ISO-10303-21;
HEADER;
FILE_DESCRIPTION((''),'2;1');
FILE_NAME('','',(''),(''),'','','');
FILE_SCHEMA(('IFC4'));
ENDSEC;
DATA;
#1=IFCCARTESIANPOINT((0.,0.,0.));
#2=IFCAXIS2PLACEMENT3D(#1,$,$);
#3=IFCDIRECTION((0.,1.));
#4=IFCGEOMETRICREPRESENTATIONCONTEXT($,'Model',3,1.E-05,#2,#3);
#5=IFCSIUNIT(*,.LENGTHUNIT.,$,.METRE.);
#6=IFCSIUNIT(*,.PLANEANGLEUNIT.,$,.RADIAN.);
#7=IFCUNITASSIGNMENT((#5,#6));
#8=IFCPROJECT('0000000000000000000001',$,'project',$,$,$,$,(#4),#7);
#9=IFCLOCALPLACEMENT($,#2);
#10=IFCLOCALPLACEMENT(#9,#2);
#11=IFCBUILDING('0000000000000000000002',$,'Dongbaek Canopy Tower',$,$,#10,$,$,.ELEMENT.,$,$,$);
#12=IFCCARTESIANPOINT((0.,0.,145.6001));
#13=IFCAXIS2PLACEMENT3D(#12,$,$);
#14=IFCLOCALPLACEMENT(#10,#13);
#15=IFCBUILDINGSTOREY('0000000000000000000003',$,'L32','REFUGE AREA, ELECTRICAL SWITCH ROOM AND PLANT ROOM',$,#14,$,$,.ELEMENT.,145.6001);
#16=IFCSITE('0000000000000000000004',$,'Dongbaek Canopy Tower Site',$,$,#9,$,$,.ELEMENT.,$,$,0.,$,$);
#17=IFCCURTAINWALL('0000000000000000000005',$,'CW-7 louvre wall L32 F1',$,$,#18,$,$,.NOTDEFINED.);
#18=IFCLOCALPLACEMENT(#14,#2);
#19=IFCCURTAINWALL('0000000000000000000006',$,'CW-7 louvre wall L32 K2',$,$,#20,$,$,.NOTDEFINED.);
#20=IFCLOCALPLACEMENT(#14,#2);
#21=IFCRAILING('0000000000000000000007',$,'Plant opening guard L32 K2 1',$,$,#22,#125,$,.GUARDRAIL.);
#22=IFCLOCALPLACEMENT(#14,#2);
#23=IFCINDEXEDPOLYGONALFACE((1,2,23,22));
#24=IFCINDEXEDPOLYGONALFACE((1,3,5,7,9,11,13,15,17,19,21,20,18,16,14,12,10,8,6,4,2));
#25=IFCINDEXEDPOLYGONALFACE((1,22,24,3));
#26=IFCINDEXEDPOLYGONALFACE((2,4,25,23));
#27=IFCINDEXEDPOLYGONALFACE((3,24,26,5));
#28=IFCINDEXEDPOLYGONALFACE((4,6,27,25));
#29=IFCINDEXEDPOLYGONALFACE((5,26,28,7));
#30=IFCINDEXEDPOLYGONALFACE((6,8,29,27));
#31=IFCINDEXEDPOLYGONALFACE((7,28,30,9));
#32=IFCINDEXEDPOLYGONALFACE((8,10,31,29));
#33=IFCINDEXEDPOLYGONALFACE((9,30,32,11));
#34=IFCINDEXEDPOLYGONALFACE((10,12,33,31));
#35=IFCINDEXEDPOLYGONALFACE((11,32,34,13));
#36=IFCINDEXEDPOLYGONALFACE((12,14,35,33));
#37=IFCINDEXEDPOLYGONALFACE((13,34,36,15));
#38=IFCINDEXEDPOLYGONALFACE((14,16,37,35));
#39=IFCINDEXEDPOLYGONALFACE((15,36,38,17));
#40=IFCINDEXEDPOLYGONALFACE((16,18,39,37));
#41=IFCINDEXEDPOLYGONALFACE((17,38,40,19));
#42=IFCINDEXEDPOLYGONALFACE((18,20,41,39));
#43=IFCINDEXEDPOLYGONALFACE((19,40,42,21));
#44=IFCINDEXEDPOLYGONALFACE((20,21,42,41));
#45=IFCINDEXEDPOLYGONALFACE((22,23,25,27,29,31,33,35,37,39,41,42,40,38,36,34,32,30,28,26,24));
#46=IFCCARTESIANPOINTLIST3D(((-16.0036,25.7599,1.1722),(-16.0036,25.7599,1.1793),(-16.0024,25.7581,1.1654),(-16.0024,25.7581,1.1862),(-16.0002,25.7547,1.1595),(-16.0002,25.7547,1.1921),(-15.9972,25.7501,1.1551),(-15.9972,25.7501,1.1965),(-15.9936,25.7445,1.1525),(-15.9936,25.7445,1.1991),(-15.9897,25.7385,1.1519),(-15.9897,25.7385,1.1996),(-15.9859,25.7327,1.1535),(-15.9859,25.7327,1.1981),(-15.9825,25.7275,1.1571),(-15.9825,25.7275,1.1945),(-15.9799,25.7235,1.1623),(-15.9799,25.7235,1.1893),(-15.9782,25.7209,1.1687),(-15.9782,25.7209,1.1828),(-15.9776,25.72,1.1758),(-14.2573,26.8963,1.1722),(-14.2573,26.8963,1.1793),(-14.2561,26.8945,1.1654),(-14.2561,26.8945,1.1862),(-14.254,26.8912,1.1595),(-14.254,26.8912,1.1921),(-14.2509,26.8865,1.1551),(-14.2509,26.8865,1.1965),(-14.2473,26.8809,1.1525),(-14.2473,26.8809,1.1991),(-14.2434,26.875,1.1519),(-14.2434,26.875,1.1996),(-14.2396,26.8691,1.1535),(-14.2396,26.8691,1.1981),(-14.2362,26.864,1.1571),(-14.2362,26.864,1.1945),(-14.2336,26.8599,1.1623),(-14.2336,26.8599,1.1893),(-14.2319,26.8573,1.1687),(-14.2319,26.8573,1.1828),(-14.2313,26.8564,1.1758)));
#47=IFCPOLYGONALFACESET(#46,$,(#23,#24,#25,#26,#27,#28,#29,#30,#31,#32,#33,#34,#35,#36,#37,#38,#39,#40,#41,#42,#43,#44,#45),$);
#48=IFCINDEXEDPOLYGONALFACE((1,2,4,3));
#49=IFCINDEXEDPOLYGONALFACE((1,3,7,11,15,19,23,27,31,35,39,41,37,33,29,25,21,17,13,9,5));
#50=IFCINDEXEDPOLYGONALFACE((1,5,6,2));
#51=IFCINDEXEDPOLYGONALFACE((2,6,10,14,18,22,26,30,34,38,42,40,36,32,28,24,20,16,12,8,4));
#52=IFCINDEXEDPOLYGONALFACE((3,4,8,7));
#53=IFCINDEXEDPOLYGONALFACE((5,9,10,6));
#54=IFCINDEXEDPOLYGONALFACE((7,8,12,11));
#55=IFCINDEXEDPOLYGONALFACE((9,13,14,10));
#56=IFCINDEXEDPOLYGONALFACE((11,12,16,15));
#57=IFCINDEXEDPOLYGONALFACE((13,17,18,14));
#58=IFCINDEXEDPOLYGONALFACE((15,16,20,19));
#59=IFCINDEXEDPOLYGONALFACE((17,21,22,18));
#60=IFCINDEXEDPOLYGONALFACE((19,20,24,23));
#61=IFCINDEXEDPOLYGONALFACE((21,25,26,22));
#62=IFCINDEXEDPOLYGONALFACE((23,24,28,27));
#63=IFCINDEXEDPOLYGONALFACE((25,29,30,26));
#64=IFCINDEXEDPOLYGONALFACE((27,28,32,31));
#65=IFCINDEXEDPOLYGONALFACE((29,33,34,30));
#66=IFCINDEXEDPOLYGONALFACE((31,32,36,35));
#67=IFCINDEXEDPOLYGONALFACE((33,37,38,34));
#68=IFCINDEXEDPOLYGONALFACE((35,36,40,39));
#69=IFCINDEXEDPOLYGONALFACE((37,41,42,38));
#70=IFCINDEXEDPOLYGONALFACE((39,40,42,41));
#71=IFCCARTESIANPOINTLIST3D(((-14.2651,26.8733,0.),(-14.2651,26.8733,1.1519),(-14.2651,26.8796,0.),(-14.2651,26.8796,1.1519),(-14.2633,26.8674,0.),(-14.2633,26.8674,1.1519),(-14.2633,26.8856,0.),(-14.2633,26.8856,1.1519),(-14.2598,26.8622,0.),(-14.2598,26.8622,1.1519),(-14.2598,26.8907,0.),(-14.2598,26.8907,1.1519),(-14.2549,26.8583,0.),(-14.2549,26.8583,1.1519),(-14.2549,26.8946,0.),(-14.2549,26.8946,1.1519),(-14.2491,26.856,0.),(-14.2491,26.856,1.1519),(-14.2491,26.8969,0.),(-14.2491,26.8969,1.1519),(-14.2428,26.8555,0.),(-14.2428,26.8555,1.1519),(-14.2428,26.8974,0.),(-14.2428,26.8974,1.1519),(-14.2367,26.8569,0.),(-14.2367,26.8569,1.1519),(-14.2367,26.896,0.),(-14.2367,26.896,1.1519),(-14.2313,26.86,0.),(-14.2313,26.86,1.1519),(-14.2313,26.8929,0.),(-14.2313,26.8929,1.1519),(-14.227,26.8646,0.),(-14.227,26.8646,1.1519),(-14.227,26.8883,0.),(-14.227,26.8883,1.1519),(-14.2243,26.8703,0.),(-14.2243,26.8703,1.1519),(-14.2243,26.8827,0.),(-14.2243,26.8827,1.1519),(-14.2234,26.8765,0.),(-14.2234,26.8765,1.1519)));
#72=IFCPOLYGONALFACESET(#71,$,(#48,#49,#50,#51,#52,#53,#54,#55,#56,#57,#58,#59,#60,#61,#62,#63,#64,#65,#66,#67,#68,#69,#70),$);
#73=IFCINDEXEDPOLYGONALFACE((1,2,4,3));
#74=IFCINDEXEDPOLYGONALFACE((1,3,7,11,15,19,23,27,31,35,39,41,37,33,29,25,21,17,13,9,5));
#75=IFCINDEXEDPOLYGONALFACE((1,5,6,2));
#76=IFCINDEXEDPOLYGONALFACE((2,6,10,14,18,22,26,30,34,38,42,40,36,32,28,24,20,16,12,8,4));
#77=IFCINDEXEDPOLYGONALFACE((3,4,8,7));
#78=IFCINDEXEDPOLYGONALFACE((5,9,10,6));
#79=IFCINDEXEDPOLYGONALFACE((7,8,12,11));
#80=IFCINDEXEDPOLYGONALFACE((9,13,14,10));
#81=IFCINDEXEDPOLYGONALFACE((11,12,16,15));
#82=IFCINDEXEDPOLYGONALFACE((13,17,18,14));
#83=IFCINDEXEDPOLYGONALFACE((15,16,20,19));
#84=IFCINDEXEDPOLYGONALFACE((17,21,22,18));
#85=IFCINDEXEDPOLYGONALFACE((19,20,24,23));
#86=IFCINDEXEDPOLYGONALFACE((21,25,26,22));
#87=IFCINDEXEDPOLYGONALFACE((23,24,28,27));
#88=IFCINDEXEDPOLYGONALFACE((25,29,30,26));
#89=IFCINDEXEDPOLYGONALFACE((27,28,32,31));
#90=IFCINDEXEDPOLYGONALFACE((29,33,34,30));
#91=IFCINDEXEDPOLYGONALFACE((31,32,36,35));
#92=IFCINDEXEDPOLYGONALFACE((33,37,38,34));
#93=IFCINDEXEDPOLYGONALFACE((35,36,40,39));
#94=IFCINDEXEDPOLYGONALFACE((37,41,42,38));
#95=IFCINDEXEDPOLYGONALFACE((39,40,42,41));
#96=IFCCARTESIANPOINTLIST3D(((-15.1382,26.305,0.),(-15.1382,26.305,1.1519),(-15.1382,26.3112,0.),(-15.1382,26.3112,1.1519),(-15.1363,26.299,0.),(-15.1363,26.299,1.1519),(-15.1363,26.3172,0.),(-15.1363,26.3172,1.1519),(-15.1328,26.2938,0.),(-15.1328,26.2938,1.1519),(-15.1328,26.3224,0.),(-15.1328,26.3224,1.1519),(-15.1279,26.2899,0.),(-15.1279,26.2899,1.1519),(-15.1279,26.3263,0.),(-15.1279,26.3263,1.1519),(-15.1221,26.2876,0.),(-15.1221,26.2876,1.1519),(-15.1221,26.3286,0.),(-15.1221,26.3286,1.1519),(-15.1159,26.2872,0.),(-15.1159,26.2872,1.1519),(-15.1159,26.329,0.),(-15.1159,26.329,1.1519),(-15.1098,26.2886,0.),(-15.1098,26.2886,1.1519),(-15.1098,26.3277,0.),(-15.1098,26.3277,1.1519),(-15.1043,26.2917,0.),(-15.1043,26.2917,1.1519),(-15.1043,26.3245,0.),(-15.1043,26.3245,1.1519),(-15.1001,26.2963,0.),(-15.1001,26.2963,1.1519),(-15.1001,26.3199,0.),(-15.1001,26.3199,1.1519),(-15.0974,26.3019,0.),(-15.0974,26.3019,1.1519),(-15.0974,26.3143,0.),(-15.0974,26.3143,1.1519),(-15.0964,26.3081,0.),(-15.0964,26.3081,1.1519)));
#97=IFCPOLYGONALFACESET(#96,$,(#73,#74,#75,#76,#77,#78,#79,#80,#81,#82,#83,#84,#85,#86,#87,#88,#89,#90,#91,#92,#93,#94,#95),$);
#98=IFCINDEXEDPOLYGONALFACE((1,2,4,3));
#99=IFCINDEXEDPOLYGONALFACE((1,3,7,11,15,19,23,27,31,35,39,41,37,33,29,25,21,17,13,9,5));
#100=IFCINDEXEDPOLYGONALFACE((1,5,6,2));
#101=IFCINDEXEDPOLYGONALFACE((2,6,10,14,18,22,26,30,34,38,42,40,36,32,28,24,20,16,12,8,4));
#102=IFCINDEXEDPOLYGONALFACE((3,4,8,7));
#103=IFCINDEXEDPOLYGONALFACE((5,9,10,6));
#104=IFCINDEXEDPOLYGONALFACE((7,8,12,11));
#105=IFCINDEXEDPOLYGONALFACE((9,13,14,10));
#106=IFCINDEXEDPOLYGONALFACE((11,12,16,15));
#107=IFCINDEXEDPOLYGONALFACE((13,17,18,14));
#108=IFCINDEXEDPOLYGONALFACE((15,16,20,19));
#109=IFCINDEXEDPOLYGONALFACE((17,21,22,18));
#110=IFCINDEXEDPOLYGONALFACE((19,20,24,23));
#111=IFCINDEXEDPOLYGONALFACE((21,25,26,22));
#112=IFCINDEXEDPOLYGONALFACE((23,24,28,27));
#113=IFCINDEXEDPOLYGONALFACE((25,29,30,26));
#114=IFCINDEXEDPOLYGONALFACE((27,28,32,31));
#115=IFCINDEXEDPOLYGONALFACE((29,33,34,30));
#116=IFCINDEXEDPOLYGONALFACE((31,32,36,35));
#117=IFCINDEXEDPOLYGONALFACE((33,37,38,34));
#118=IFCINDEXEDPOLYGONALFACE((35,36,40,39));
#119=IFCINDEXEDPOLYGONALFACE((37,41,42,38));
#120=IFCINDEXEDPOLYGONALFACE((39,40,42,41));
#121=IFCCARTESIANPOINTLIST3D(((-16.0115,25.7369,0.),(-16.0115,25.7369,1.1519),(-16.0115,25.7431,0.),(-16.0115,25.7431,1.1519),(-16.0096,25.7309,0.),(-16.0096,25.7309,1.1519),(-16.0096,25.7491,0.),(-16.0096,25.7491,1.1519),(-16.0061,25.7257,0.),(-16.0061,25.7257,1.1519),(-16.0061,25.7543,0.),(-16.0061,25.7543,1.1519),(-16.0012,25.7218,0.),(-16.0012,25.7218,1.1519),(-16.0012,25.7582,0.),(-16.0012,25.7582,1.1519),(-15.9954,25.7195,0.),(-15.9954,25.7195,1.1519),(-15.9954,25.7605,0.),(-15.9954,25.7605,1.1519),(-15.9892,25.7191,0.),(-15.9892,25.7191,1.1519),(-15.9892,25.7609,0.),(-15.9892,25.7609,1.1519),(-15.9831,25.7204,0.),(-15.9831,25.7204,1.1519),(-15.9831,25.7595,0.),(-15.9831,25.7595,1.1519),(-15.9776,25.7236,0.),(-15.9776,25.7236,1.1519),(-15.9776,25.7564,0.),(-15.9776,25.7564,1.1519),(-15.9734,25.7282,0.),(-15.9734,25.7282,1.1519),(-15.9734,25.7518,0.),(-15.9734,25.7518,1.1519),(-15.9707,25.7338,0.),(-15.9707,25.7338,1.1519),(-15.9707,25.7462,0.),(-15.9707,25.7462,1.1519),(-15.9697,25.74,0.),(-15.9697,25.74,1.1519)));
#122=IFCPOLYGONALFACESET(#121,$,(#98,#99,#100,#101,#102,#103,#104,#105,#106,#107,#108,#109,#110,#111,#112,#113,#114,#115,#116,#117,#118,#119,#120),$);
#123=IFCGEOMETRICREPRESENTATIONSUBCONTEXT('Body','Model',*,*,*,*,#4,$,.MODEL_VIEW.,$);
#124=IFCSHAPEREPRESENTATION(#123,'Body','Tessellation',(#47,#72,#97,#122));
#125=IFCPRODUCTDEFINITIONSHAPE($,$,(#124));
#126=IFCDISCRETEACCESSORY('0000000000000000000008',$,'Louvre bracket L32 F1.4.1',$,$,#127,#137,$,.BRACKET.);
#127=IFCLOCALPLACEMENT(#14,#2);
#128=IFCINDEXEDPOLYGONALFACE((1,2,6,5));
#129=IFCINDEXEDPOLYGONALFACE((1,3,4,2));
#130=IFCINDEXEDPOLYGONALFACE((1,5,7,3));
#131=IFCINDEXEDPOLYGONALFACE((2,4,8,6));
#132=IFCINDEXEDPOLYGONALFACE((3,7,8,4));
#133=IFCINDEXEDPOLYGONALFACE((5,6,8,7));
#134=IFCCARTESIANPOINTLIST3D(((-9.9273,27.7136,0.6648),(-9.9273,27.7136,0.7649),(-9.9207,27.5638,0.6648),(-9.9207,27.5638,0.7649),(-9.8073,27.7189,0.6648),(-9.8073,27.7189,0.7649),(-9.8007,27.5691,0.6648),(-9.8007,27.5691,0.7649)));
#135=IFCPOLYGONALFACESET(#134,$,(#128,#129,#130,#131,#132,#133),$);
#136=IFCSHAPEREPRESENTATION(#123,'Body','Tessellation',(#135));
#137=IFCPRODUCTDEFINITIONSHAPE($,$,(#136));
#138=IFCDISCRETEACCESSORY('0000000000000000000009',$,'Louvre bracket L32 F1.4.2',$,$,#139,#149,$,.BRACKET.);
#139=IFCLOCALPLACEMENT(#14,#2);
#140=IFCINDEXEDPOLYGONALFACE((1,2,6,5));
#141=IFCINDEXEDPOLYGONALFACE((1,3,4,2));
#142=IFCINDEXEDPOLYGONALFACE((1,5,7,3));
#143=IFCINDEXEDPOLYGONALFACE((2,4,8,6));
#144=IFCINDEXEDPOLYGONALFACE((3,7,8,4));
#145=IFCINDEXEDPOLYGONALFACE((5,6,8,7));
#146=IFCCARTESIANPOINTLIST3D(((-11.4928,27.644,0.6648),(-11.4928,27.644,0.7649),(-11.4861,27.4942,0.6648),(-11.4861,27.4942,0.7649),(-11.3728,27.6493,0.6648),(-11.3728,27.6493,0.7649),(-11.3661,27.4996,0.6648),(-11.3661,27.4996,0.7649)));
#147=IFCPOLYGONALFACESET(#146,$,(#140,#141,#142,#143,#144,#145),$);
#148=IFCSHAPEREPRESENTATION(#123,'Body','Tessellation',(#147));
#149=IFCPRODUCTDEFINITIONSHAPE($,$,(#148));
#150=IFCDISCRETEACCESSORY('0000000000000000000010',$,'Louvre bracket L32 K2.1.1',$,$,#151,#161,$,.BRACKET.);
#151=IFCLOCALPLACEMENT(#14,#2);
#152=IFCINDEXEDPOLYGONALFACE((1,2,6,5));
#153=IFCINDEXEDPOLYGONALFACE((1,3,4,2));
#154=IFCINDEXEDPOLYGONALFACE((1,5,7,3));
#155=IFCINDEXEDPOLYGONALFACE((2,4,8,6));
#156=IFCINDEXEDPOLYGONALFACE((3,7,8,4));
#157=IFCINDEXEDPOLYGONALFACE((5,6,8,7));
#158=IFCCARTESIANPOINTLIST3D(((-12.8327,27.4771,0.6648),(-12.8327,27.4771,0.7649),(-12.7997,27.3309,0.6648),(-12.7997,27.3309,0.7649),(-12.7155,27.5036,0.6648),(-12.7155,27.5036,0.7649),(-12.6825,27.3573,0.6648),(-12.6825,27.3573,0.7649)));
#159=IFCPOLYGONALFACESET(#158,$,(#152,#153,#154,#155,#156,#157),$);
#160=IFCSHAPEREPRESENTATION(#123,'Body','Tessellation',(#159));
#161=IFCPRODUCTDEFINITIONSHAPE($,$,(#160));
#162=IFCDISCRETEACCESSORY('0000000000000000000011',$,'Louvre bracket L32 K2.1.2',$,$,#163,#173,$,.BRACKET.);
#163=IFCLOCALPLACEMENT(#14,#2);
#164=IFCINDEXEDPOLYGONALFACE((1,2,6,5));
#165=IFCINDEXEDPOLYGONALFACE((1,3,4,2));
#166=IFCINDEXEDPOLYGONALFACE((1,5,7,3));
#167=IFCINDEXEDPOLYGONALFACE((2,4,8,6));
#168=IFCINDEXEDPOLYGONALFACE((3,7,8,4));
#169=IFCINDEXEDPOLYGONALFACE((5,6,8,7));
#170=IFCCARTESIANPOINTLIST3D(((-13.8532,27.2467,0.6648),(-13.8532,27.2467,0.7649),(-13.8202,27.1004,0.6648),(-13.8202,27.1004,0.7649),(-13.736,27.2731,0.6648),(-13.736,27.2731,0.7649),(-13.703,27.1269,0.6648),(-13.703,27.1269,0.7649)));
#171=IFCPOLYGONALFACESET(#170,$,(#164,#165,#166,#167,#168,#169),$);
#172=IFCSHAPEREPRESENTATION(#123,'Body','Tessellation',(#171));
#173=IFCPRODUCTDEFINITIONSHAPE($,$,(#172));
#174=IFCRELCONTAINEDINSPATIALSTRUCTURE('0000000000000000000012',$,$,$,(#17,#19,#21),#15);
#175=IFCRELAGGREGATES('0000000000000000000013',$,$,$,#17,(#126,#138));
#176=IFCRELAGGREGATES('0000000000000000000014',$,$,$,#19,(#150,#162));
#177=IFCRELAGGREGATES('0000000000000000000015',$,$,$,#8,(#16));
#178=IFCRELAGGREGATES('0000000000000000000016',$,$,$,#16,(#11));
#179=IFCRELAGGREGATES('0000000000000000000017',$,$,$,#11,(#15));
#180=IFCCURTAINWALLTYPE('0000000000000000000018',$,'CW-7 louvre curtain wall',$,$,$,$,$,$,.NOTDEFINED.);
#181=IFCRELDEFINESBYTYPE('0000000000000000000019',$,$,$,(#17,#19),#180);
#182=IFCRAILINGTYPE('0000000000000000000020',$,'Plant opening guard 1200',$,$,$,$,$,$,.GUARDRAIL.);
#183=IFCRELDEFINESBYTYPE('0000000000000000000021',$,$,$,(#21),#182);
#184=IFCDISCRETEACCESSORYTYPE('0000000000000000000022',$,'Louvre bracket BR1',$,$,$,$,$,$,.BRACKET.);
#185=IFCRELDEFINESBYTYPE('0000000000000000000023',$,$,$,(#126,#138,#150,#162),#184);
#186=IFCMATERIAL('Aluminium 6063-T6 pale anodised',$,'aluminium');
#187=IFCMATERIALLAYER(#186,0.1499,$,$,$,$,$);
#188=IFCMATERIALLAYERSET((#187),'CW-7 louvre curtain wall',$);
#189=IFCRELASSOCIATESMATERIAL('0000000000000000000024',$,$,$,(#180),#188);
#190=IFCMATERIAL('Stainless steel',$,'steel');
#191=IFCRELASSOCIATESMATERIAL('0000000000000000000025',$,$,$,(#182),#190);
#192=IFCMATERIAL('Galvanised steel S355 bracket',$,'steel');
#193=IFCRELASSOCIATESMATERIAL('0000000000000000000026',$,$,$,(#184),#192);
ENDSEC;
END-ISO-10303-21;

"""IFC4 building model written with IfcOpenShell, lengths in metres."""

from ifc_helpers import new_model, si_unit, direction, frame, origin, origin_2d, place, context, subcontext, project, spatial, rectangle, circle, extrude, material, layer, layer_set, type_object, element, aggregate, save


model = new_model("IFC4")

# Units and contexts
model_context = context("Model", 3, precision=1e-05, world=origin(), true_north=direction((0.0, 1.0)))
body_context = subcontext(model_context, "Body", "Model", "MODEL_VIEW")
ifc_project = project(units=[si_unit("LENGTHUNIT", "METRE"), si_unit("PLANEANGLEUNIT", "RADIAN")], contexts=[model_context])

# Site, building, storey
site_placement = place(None, origin())
site = spatial("IfcSite", under=ifc_project, at=site_placement, Name="Dongbaek Canopy Tower Site", CompositionType="ELEMENT", RefElevation=0.0)
building_placement = place(site_placement, origin())
building = spatial("IfcBuilding", under=site, at=building_placement, Name="Dongbaek Canopy Tower", CompositionType="ELEMENT")
storey_placement = place(building_placement, frame((0.0, 0.0, 145.6001)))
storey = spatial("IfcBuildingStorey", under=building, at=storey_placement, Name="L32", Description="REFUGE AREA, ELECTRICAL SWITCH ROOM AND PLANT ROOM", CompositionType="ELEMENT", Elevation=145.6001)

# Curtain walls
ifc_material_1 = material(Name="Aluminium 6063-T6 pale anodised", Category="aluminium")
ifc_layer_1 = layer(ifc_material_1, 0.1499)
ifc_layer_set_1 = layer_set([ifc_layer_1], Name="CW-7 louvre curtain wall")
curtain_wall_type = type_object("IfcCurtainWallType", Name="CW-7 louvre curtain wall", PredefinedType="NOTDEFINED", material=ifc_layer_set_1)
curtain_wall_1_placement = place(storey_placement, origin())
curtain_wall_1 = element("IfcCurtainWall", 1, at=curtain_wall_1_placement, inside=storey, type_object=curtain_wall_type, Name="CW-7 louvre wall L32 F1", PredefinedType="NOTDEFINED")
curtain_wall_2_placement = place(storey_placement, origin())
curtain_wall_2 = element("IfcCurtainWall", 2, at=curtain_wall_2_placement, inside=storey, type_object=curtain_wall_type, Name="CW-7 louvre wall L32 K2", PredefinedType="NOTDEFINED")

# Railing
ifc_material_2 = material(Name="Stainless steel", Category="steel")
railing_type = type_object("IfcRailingType", Name="Plant opening guard 1200", PredefinedType="GUARDRAIL", material=ifc_material_2)
railing_placement = place(storey_placement, frame((-14.2444, 26.8765, 0.0)))
element("IfcRailing", 3, at=railing_placement, inside=storey, type_object=railing_type, Name="Plant opening guard L32 K2 1", PredefinedType="GUARDRAIL", context=body_context, shape_type="SweptSolid", body=[
    extrude(circle(Radius=0.0239, at=origin_2d()), frame((0.0, 0.0, 1.1758), z_axis=(-0.838146, -0.545445, 0.0), x_axis=(0.545445, -0.838146, 0.0)), (0.0, 0.0, 1.0), 2.0835),
    extrude(circle(Radius=0.021, at=origin_2d()), origin(), (0.0, 0.0, 1.0), 1.1519),
    extrude(circle(Radius=0.021, at=origin_2d()), frame((-0.873, -0.5684, 0.0)), (0.0, 0.0, 1.0), 1.1519),
    extrude(circle(Radius=0.021, at=origin_2d()), frame((-1.7463, -1.1365, 0.0)), (0.0, 0.0, 1.0), 1.1519),
])

# Discrete accessories
ifc_material_3 = material(Name="Galvanised steel S355 bracket", Category="steel")
discrete_accessory_type = type_object("IfcDiscreteAccessoryType", Name="Louvre bracket BR1", PredefinedType="BRACKET", material=ifc_material_3)
discrete_accessory_1_placement = place(storey_placement, frame((-9.864, 27.6414, 0.6648), z_axis=(0.0, 0.0, 1.0), x_axis=(-0.999016, -0.04436, 0.0)))
discrete_accessory_1 = element("IfcDiscreteAccessory", 4, at=discrete_accessory_1_placement, type_object=discrete_accessory_type, Name="Louvre bracket L32 F1.4.1", PredefinedType="BRACKET", context=body_context, shape_type="SweptSolid", body=[
    extrude(rectangle(XDim=0.1201, YDim=0.1499, at=origin_2d()), origin(), (0.0, 0.0, 1.0), 0.1001),
])
discrete_accessory_2_placement = place(storey_placement, frame((-11.4294, 27.5718, 0.6648), z_axis=(0.0, 0.0, 1.0), x_axis=(-0.999016, -0.04436, 0.0)))
discrete_accessory_2 = element("IfcDiscreteAccessory", 5, at=discrete_accessory_2_placement, type_object=discrete_accessory_type, Name="Louvre bracket L32 F1.4.2", PredefinedType="BRACKET", context=body_context, shape_type="SweptSolid", body=[
    extrude(rectangle(XDim=0.1201, YDim=0.1499, at=origin_2d()), origin(), (0.0, 0.0, 1.0), 0.1001),
])
aggregate(curtain_wall_1, [discrete_accessory_1, discrete_accessory_2])
discrete_accessory_3_placement = place(storey_placement, frame((-12.7576, 27.4172, 0.6648), z_axis=(0.0, 0.0, 1.0), x_axis=(-0.975475, -0.220112, 0.0)))
discrete_accessory_3 = element("IfcDiscreteAccessory", 6, at=discrete_accessory_3_placement, type_object=discrete_accessory_type, Name="Louvre bracket L32 K2.1.1", PredefinedType="BRACKET", context=body_context, shape_type="SweptSolid", body=[
    extrude(rectangle(XDim=0.1201, YDim=0.1499, at=origin_2d()), origin(), (0.0, 0.0, 1.0), 0.1001),
])
discrete_accessory_4_placement = place(storey_placement, frame((-13.7781, 27.1868, 0.6648), z_axis=(0.0, 0.0, 1.0), x_axis=(-0.975475, -0.220112, 0.0)))
discrete_accessory_4 = element("IfcDiscreteAccessory", 7, at=discrete_accessory_4_placement, type_object=discrete_accessory_type, Name="Louvre bracket L32 K2.1.2", PredefinedType="BRACKET", context=body_context, shape_type="SweptSolid", body=[
    extrude(rectangle(XDim=0.1201, YDim=0.1499, at=origin_2d()), origin(), (0.0, 0.0, 1.0), 0.1001),
])
aggregate(curtain_wall_2, [discrete_accessory_3, discrete_accessory_4])

save(model, "model.ifc")
